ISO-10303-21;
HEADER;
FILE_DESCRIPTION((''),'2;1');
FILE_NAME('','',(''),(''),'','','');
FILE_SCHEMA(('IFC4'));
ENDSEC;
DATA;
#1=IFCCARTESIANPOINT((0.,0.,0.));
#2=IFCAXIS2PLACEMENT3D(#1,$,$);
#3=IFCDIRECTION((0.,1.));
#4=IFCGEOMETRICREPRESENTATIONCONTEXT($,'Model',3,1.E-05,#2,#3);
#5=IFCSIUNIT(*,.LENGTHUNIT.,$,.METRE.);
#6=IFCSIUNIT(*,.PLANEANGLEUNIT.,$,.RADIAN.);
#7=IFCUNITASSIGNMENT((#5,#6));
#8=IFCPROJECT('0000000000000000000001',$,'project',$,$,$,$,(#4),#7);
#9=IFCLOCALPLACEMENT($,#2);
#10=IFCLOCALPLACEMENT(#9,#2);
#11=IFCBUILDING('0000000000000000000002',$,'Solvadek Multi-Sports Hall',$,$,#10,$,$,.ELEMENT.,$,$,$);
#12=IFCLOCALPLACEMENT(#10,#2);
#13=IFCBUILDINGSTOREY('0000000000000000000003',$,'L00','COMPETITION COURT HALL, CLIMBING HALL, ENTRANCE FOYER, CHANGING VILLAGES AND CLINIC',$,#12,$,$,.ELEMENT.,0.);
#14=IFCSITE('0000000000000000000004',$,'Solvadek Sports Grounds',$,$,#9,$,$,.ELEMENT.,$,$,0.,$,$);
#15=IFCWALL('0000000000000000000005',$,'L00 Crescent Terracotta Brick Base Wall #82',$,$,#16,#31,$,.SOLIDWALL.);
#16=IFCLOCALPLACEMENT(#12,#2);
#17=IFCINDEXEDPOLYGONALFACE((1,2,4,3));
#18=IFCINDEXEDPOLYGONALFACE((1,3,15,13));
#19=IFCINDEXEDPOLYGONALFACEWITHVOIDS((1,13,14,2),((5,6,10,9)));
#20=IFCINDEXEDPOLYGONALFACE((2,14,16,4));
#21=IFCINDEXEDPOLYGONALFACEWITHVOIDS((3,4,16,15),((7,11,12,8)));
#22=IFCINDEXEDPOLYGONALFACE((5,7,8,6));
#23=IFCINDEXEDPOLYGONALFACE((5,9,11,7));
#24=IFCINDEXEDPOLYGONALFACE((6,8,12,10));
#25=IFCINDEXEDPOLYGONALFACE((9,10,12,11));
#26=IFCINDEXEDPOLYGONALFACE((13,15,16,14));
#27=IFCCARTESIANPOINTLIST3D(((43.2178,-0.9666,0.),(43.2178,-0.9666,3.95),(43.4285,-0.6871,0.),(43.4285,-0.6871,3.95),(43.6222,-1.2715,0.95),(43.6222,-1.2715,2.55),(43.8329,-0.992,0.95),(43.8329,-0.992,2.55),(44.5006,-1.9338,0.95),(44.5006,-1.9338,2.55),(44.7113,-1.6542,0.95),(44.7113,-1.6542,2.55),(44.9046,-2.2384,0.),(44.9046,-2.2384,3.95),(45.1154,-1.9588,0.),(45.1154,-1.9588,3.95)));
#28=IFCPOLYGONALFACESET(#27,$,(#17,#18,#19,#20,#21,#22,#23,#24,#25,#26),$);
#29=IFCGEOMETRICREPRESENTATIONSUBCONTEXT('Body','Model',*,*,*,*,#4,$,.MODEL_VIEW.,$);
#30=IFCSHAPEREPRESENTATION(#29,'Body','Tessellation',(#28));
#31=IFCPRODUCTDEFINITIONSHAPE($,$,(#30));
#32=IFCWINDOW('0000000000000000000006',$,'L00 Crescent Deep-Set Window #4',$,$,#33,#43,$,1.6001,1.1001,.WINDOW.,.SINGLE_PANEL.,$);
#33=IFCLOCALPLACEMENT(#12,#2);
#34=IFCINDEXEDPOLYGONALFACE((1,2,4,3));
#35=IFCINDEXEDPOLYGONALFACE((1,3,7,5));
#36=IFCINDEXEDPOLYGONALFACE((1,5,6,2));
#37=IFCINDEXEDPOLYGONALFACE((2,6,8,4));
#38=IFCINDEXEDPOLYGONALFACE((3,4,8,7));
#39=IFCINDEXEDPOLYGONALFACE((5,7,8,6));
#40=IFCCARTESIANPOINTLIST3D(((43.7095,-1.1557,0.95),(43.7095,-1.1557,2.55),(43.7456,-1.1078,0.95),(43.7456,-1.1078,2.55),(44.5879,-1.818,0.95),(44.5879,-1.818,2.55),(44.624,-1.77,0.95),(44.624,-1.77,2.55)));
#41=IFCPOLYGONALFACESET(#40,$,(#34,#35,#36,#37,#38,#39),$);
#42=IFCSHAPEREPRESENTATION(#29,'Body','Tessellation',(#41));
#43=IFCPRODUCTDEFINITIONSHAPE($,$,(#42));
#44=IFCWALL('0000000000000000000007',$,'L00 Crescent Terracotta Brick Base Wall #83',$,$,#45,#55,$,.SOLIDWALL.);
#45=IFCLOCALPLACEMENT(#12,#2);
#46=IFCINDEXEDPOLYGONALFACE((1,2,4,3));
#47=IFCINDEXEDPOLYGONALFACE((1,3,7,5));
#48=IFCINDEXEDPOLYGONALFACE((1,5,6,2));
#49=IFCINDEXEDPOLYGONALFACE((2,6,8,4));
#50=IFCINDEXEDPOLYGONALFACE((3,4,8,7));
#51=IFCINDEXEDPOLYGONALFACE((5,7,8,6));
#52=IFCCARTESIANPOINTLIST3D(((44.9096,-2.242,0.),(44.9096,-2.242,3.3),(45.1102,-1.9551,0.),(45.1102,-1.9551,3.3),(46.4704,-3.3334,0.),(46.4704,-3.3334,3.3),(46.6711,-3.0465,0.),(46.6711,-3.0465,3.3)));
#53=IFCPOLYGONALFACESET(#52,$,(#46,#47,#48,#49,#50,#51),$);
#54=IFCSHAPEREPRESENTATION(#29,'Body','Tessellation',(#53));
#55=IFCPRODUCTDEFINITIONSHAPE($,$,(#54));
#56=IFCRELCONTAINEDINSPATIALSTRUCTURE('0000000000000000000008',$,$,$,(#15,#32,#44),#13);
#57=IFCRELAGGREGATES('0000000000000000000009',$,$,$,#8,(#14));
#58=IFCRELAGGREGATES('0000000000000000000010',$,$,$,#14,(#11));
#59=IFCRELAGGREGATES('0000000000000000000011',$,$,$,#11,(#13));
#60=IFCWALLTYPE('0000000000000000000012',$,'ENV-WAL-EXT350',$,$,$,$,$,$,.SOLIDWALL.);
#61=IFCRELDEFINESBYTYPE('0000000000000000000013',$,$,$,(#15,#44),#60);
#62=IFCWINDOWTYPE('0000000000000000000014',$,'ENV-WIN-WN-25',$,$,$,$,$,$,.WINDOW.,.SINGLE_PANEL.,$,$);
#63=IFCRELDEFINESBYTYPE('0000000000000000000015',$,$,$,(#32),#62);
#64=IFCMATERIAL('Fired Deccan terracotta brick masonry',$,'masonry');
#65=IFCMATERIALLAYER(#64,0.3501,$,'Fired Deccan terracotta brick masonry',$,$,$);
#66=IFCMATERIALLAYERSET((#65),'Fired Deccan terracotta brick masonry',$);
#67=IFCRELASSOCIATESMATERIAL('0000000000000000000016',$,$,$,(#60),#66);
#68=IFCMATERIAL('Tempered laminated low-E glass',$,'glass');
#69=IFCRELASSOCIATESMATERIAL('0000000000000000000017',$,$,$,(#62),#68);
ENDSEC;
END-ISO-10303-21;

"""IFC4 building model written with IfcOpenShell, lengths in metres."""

from ifc_helpers import new_model, si_unit, direction, frame, frame_2d, origin, place, context, subcontext, project, spatial, rectangle, extrude, material, layer, layer_set, type_object, element, fill, save


model = new_model("IFC4")

# Units and contexts
model_context = context("Model", 3, precision=1e-05, world=origin(), true_north=direction((0.0, 1.0)))
body_context = subcontext(model_context, "Body", "Model", "MODEL_VIEW")
ifc_project = project(units=[si_unit("LENGTHUNIT", "METRE"), si_unit("PLANEANGLEUNIT", "RADIAN")], contexts=[model_context])

# Site, building, storey
site_placement = place(None, origin())
site = spatial("IfcSite", under=ifc_project, at=site_placement, Name="Solvadek Sports Grounds", CompositionType="ELEMENT", RefElevation=0.0)
building_placement = place(site_placement, origin())
building = spatial("IfcBuilding", under=site, at=building_placement, Name="Solvadek Multi-Sports Hall", CompositionType="ELEMENT")
storey_placement = place(building_placement, origin())
storey = spatial("IfcBuildingStorey", under=building, at=storey_placement, Name="L00", Description="COMPETITION COURT HALL, CLIMBING HALL, ENTRANCE FOYER, CHANGING VILLAGES AND CLINIC", CompositionType="ELEMENT", Elevation=0.0)

# Wall, opening, window
ifc_material_1 = material(Name="Fired Deccan terracotta brick masonry", Category="masonry")
ifc_layer = layer(ifc_material_1, 0.3501, Name="Fired Deccan terracotta brick masonry")
ifc_layer_set = layer_set([ifc_layer], Name="Fired Deccan terracotta brick masonry")
wall_type = type_object("IfcWallType", Name="ENV-WAL-EXT350", PredefinedType="SOLIDWALL", material=ifc_layer_set)
wall_1_placement = place(storey_placement, frame((43.3232, -0.8269, 0.0), z_axis=(0.0, 0.0, 1.0), x_axis=(0.798486, -0.602014, 0.0)))
wall_1 = element("IfcWall", 1, at=wall_1_placement, inside=storey, type_object=wall_type, Name="L00 Crescent Terracotta Brick Base Wall #82", PredefinedType="SOLIDWALL", context=body_context, shape_type="SweptSolid", body=[
    extrude(rectangle(XDim=2.1125, YDim=0.3501, at=frame_2d((1.0562, 0.0))), origin(), (0.0, 0.0, 1.0), 3.95),
])
opening_placement = place(wall_1_placement, frame((0.5063, 0.0, 0.95)))
opening = element("IfcOpeningElement", 2, at=opening_placement, cuts=wall_1, PredefinedType="OPENING", context=body_context, shape_type="SweptSolid", body=[
    extrude(rectangle(XDim=1.1001, YDim=1.6001, at=frame_2d((0.55, 0.8))), frame((0.0, 0.1851, 0.0), z_axis=(0.0, -1.0, 0.0), x_axis=(1.0, 0.0, 0.0)), (0.0, 0.0, 1.0), 0.3701),
])
ifc_material_2 = material(Name="Tempered laminated low-E glass", Category="glass")
window_type = type_object("IfcWindowType", Name="ENV-WIN-WN-25", PartitioningType="SINGLE_PANEL", PredefinedType="WINDOW", material=ifc_material_2)
window_placement = place(opening_placement, origin())
window = element("IfcWindow", 3, at=window_placement, inside=storey, type_object=window_type, Name="L00 Crescent Deep-Set Window #4", OverallHeight=1.6001, OverallWidth=1.1001, PartitioningType="SINGLE_PANEL", PredefinedType="WINDOW", context=body_context, shape_type="SweptSolid", body=[
    extrude(rectangle(XDim=1.1001, YDim=1.6001, at=frame_2d((0.55, 0.8))), frame((0.0, 0.03, 0.0), z_axis=(0.0, -1.0, 0.0), x_axis=(1.0, 0.0, 0.0)), (0.0, 0.0, 1.0), 0.0601),
])
fill(opening, window)

# Wall
wall_2_placement = place(storey_placement, frame((45.01, -2.0986, 0.0), z_axis=(0.0, 0.0, 1.0), x_axis=(0.819539, -0.573023, 0.0)))
element("IfcWall", 4, at=wall_2_placement, inside=storey, type_object=wall_type, Name="L00 Crescent Terracotta Brick Base Wall #83", PredefinedType="SOLIDWALL", context=body_context, shape_type="SweptSolid", body=[
    extrude(rectangle(XDim=1.9045, YDim=0.3501, at=frame_2d((0.9521, 0.0))), origin(), (0.0, 0.0, 1.0), 3.3),
])

save(model, "model.ifc")
